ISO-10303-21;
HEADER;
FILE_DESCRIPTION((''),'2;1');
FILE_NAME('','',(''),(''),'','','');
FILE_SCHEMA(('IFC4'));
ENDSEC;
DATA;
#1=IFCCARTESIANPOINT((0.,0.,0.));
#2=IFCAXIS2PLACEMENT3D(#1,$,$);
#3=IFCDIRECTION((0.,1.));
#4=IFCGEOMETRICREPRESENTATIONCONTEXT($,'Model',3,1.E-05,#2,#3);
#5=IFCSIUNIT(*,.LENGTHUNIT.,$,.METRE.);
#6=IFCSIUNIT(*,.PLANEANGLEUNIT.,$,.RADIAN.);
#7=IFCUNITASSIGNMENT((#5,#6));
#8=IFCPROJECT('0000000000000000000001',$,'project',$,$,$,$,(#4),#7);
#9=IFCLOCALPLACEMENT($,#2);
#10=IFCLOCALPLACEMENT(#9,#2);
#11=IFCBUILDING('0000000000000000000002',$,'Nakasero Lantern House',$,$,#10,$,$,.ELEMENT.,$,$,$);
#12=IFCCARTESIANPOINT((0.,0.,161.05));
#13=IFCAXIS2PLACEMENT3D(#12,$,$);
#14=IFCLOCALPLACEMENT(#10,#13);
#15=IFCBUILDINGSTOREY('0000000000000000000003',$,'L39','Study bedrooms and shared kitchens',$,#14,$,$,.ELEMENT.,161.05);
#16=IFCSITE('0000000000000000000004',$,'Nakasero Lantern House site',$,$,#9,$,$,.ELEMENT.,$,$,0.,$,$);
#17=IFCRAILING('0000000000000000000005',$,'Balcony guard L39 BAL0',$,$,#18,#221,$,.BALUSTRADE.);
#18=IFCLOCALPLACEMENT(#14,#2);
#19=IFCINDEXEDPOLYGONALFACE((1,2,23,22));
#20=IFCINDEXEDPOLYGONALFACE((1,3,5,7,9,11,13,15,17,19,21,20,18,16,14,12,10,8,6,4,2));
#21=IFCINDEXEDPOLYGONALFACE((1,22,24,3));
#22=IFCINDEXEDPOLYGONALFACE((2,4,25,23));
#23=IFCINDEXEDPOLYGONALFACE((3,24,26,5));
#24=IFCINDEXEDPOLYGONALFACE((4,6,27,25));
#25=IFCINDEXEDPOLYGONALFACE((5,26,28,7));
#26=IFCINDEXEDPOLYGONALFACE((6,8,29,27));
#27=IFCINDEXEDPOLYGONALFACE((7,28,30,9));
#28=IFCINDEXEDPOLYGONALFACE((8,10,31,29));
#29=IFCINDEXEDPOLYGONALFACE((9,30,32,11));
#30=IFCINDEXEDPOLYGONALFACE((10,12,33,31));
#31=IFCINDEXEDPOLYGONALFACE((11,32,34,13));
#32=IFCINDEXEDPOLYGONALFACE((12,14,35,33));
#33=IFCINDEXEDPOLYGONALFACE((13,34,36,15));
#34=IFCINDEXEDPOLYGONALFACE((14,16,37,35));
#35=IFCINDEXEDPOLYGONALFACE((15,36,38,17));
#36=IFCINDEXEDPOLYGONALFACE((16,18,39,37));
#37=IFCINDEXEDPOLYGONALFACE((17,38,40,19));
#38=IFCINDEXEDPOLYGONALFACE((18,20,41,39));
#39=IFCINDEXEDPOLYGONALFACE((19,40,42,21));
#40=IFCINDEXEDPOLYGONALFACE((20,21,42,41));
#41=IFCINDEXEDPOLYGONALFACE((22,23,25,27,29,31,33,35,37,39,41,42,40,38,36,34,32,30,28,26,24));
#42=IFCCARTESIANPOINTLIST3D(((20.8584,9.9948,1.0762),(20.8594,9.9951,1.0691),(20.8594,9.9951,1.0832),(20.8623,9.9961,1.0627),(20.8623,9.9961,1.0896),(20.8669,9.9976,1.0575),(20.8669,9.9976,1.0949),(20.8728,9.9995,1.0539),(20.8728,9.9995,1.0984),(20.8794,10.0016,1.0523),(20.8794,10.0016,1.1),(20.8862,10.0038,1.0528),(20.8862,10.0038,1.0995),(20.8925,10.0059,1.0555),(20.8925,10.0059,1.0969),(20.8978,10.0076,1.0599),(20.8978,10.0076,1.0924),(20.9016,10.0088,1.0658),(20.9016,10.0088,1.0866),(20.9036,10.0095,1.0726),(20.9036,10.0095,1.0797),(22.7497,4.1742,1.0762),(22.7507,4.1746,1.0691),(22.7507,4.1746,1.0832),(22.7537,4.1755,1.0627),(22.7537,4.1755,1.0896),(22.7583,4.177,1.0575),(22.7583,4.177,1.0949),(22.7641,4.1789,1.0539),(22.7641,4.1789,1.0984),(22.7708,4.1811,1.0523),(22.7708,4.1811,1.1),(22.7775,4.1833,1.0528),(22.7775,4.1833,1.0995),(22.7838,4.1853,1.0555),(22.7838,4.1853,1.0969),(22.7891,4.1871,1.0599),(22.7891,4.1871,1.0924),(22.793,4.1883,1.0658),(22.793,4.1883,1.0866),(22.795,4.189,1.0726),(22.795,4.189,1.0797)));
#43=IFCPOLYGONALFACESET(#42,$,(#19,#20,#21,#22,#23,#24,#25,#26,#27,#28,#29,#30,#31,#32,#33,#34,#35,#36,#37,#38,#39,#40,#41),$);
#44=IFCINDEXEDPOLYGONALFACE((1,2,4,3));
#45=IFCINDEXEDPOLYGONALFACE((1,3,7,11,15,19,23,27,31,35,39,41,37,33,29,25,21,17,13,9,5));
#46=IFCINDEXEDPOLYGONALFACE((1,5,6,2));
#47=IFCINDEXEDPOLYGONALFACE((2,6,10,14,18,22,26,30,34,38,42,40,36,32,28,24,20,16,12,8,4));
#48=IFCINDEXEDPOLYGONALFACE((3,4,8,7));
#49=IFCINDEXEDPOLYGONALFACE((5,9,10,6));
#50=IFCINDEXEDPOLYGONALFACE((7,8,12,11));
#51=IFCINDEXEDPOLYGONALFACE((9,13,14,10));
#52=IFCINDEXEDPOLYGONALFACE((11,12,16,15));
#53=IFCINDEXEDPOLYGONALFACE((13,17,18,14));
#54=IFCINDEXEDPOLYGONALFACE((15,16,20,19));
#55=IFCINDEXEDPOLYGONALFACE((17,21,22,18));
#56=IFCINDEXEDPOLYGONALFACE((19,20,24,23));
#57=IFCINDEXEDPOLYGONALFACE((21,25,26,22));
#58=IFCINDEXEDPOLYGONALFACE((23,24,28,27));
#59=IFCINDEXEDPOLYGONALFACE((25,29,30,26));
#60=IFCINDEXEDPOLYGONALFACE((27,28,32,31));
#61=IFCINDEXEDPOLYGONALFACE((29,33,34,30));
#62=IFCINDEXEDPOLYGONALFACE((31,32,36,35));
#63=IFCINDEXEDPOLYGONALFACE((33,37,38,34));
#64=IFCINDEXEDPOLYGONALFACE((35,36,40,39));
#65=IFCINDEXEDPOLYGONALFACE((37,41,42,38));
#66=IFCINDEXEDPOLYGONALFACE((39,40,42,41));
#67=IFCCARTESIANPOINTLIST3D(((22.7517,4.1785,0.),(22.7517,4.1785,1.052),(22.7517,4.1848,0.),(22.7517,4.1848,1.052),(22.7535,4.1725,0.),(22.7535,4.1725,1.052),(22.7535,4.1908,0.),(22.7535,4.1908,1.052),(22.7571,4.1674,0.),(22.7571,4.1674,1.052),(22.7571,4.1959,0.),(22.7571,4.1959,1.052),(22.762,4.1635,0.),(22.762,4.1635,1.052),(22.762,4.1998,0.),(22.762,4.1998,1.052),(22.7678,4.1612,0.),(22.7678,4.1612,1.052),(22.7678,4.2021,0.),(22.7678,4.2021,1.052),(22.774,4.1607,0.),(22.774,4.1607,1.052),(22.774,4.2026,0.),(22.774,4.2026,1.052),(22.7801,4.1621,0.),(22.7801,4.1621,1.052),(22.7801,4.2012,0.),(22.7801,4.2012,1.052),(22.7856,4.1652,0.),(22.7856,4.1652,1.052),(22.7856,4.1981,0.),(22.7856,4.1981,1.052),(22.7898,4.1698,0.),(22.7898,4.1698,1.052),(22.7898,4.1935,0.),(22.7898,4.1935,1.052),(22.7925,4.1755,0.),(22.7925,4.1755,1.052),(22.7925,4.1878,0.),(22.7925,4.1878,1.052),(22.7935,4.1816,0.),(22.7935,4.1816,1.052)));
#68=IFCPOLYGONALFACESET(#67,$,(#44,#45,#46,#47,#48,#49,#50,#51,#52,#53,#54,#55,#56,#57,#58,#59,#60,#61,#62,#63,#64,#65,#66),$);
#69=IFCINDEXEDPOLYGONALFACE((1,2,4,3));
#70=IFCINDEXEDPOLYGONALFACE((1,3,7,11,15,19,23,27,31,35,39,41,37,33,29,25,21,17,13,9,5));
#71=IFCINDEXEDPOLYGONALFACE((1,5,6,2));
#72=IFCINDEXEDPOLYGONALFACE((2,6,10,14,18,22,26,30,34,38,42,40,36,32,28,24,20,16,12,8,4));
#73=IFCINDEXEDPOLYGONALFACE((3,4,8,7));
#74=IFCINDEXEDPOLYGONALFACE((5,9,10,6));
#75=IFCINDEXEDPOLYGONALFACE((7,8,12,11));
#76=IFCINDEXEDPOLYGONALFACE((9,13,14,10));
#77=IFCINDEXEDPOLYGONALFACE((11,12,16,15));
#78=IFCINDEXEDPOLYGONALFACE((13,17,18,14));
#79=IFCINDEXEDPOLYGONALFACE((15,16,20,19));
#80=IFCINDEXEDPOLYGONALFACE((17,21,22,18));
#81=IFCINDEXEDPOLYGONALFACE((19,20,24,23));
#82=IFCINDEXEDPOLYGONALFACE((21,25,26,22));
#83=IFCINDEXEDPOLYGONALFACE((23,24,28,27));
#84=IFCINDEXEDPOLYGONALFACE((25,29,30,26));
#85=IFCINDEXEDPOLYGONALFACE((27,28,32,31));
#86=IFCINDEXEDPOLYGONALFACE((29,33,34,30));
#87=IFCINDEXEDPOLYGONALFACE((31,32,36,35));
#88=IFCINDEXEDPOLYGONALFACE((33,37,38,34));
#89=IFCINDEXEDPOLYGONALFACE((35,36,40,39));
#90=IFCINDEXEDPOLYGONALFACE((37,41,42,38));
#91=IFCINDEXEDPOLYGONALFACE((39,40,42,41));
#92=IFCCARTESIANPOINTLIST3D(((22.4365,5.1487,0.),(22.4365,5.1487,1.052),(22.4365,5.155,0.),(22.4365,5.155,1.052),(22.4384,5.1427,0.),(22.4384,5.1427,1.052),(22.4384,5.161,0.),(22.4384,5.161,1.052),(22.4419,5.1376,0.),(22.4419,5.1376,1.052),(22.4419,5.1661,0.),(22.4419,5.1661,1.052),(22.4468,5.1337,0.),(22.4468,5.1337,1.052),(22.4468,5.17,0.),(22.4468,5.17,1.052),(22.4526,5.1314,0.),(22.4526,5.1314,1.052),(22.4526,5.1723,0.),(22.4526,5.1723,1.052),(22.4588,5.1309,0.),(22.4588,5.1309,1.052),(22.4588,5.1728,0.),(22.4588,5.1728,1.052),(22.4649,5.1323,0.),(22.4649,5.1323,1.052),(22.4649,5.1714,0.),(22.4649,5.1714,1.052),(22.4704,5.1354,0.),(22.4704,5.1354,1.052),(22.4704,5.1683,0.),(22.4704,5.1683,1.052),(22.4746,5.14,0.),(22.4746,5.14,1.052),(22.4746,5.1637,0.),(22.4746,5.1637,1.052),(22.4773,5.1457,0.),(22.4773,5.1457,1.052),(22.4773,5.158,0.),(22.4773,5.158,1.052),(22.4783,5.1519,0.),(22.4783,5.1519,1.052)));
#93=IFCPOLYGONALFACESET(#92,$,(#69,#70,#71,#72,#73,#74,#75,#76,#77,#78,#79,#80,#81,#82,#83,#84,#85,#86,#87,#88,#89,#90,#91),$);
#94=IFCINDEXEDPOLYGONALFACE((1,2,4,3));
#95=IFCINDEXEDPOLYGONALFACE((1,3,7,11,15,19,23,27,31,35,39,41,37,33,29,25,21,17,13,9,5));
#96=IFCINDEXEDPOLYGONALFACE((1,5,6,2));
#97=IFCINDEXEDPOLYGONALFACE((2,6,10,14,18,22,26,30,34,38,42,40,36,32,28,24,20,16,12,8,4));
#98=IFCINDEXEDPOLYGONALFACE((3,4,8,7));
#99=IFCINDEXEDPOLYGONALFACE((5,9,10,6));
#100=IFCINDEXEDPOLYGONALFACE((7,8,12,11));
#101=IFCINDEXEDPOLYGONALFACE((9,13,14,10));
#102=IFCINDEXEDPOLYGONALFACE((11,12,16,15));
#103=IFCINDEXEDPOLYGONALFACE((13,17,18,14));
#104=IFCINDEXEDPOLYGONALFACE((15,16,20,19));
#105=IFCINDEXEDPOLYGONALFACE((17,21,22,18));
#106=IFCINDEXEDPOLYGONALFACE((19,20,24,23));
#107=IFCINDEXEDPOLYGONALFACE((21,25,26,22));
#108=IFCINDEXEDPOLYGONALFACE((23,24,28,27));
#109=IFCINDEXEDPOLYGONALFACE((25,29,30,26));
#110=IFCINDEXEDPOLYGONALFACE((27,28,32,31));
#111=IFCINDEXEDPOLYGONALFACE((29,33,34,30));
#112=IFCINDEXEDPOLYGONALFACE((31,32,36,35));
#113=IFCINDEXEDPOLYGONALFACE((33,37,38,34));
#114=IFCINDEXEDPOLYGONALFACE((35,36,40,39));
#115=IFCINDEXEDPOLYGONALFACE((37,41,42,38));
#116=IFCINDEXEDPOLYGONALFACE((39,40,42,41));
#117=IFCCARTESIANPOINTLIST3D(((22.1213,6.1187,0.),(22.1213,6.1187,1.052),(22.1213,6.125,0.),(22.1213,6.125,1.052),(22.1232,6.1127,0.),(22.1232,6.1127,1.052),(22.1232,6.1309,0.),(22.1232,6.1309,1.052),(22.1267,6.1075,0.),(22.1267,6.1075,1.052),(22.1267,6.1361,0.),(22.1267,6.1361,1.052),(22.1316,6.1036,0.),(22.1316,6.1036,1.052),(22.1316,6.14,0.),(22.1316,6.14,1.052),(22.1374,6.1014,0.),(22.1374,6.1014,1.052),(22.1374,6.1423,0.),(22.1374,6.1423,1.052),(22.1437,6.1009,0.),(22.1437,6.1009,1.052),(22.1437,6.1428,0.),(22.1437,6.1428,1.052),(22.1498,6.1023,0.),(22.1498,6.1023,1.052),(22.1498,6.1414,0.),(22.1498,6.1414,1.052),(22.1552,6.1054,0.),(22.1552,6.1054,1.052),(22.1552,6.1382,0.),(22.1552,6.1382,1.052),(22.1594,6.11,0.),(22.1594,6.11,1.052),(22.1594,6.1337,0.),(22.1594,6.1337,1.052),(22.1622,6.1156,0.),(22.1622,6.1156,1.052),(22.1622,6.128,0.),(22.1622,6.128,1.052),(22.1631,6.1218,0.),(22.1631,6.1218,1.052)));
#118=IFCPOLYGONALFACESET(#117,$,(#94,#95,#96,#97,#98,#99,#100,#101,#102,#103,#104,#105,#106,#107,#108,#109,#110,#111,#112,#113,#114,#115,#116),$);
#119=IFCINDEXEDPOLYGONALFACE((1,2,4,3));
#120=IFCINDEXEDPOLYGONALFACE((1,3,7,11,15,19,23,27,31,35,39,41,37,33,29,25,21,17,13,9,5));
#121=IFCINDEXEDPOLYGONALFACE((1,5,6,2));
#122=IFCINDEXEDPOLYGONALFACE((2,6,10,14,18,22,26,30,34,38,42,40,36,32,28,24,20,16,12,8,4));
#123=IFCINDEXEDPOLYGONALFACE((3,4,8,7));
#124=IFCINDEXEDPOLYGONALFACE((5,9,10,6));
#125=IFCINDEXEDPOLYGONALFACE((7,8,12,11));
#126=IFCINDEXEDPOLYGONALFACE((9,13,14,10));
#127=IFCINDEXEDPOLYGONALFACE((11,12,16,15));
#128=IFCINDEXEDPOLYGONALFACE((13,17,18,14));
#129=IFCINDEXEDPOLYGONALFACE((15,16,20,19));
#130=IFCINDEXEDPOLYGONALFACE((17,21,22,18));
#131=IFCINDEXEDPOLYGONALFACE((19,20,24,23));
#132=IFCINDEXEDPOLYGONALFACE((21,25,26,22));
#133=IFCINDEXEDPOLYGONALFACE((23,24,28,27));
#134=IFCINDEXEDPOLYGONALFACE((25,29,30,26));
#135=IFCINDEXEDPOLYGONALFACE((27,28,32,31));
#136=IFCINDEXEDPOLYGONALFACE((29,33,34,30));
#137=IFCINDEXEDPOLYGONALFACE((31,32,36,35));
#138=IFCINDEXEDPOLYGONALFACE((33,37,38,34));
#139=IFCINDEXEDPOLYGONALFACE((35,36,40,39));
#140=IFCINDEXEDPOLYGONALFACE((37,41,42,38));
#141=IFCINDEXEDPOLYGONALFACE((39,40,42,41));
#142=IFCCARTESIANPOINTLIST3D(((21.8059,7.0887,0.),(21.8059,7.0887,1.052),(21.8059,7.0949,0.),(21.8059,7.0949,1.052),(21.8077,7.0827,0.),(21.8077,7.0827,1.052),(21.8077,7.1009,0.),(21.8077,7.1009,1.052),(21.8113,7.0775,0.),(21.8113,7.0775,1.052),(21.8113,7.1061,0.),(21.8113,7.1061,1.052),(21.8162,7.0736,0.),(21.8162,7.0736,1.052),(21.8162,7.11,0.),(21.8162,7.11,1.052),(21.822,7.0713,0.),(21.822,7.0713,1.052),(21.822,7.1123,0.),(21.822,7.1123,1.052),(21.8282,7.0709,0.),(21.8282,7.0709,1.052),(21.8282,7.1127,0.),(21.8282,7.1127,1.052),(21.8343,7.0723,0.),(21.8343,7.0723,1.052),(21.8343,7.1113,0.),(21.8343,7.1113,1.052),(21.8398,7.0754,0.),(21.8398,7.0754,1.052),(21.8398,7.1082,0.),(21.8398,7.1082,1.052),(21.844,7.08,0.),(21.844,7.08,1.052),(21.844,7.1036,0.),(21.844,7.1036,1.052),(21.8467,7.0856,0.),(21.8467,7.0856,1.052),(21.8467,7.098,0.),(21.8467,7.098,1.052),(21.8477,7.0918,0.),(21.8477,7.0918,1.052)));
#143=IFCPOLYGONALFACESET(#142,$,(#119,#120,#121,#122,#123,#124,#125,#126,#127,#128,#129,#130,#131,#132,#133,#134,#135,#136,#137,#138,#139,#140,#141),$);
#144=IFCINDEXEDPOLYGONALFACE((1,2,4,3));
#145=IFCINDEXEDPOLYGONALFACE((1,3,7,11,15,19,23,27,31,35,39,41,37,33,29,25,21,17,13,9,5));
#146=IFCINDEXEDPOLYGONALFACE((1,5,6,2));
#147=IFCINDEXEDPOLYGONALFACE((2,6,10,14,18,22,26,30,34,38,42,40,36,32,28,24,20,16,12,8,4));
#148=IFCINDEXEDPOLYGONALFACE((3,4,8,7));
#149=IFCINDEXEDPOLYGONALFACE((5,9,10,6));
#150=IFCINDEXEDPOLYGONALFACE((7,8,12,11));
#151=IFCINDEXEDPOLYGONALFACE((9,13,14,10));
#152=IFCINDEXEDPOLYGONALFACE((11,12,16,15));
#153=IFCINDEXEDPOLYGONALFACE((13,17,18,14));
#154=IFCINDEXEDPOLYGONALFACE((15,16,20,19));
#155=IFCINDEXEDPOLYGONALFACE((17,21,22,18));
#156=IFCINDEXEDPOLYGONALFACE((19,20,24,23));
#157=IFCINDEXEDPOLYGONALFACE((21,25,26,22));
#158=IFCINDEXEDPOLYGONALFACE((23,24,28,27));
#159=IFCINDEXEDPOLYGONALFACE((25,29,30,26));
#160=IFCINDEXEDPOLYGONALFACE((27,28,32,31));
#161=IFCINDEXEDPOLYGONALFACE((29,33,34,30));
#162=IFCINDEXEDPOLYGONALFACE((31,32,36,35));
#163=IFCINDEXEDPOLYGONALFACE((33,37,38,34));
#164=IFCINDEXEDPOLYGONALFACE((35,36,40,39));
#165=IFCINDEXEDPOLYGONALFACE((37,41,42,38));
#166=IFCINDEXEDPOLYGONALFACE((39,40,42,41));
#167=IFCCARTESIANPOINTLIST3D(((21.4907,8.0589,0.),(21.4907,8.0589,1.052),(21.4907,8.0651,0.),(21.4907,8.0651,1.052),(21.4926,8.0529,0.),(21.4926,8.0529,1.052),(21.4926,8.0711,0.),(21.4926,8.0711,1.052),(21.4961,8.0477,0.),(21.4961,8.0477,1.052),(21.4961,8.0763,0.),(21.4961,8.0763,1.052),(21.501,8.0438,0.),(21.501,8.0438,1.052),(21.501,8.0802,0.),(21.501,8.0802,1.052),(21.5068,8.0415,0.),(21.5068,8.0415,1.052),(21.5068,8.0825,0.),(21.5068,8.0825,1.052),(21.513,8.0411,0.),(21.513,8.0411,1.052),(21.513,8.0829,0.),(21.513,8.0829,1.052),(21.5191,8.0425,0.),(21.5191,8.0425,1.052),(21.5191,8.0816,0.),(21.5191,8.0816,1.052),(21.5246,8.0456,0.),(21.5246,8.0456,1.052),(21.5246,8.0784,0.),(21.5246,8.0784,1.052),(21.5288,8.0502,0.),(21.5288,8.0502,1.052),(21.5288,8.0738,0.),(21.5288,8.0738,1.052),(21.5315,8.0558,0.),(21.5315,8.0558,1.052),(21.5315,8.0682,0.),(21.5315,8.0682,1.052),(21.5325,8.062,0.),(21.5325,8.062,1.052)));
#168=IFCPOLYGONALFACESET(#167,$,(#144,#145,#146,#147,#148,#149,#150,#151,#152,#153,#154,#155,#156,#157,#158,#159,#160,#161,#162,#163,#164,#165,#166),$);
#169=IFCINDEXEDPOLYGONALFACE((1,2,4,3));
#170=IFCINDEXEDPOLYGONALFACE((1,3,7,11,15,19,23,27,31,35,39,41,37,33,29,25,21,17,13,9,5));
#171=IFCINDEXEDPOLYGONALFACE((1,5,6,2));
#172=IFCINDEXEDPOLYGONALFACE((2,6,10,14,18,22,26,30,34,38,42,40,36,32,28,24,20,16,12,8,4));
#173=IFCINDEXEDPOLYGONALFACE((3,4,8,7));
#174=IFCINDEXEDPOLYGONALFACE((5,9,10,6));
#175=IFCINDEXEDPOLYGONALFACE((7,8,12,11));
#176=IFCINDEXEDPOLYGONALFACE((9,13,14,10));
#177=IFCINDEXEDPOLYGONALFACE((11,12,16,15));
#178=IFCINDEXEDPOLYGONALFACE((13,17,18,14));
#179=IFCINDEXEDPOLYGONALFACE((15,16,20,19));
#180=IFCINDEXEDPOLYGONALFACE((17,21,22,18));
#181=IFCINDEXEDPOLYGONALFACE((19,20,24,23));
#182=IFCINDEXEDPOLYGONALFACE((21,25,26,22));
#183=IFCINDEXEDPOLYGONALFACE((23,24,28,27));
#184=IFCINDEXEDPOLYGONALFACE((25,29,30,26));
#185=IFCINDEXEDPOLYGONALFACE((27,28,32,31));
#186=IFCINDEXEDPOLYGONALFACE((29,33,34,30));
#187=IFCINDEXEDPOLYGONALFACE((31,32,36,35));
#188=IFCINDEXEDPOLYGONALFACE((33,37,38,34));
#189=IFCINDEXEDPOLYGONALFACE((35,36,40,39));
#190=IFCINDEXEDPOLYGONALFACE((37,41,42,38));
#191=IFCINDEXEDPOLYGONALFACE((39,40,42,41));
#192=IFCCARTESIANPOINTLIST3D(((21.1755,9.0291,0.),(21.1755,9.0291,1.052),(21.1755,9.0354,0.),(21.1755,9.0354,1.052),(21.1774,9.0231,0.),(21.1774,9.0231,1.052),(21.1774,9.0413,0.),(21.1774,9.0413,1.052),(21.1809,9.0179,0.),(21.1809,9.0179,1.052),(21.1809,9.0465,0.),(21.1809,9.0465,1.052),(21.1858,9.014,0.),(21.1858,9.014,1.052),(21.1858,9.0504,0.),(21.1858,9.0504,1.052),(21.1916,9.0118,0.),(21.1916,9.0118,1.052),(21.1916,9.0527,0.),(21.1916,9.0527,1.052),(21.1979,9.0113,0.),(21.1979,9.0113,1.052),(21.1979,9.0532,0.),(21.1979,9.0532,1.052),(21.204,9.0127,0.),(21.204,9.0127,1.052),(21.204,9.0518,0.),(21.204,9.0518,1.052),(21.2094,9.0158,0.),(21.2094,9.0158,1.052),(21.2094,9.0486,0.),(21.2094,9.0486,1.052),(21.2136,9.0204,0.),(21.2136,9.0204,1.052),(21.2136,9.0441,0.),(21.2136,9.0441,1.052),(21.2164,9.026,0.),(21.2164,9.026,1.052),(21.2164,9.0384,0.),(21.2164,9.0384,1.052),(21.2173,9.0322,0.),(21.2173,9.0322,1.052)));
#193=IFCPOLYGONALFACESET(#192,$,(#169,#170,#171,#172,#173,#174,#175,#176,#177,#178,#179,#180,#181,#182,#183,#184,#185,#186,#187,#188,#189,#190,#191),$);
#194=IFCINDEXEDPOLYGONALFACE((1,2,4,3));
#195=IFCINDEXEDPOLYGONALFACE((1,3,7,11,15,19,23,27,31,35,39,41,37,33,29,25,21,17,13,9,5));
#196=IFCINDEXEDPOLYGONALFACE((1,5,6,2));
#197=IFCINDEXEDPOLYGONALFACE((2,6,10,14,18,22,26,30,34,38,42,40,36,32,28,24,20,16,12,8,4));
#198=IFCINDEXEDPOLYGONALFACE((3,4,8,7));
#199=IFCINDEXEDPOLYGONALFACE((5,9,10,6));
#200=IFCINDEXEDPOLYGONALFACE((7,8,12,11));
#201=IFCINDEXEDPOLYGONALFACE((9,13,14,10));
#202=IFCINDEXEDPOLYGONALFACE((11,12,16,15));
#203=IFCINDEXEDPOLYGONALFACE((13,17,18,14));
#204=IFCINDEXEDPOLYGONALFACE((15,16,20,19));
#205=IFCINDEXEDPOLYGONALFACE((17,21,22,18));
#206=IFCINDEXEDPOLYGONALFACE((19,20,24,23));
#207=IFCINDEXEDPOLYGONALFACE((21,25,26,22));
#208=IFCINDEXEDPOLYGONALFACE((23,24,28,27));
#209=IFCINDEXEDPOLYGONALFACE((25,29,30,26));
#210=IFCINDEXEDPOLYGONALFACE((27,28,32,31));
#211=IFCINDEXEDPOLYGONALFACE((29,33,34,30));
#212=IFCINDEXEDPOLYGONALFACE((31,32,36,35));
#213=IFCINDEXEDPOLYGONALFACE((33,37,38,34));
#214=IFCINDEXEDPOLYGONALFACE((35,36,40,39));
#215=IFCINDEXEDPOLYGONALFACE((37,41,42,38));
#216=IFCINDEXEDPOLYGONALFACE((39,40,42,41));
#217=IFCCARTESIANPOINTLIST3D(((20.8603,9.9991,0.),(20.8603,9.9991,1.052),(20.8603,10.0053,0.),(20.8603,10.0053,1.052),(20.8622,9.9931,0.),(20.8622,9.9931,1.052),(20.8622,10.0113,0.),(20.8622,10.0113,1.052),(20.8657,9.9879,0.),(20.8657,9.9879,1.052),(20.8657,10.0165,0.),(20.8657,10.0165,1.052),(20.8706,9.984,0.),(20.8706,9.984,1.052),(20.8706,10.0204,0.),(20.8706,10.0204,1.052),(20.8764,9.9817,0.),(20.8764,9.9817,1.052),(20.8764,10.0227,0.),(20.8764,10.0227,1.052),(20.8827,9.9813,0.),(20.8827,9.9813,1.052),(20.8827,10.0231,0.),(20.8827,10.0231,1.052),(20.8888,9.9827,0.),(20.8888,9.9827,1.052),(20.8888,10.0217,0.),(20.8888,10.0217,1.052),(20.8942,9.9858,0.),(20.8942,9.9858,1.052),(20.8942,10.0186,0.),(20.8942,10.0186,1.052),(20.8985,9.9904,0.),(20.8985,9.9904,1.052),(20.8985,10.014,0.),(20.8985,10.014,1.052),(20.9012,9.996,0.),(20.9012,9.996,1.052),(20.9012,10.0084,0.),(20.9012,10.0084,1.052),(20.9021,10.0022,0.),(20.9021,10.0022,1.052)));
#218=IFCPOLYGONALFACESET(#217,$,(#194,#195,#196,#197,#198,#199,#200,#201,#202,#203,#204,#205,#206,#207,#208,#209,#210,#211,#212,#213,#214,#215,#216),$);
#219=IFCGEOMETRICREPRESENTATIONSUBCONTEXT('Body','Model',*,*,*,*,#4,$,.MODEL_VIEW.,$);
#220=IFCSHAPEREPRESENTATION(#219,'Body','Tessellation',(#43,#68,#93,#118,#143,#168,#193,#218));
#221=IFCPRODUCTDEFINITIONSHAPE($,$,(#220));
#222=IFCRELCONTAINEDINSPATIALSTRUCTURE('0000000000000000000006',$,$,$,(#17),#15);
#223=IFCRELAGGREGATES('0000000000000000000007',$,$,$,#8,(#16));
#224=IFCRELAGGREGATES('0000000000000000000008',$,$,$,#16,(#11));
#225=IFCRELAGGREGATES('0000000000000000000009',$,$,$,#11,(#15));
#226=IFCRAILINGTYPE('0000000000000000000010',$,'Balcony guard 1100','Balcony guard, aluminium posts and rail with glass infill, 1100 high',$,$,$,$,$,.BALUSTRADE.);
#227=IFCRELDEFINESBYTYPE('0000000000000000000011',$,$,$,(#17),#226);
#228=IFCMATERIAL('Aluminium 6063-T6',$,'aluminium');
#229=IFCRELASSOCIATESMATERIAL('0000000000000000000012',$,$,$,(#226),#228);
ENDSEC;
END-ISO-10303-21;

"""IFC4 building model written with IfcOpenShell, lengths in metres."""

from ifc_helpers import new_model, si_unit, direction, frame, origin, origin_2d, place, context, subcontext, project, spatial, circle, extrude, material, type_object, element, save


model = new_model("IFC4")

# Units and contexts
model_context = context("Model", 3, precision=1e-05, world=origin(), true_north=direction((0.0, 1.0)))
body_context = subcontext(model_context, "Body", "Model", "MODEL_VIEW")
ifc_project = project(units=[si_unit("LENGTHUNIT", "METRE"), si_unit("PLANEANGLEUNIT", "RADIAN")], contexts=[model_context])

# Site, building, storey
site_placement = place(None, origin())
site = spatial("IfcSite", under=ifc_project, at=site_placement, Name="Nakasero Lantern House site", CompositionType="ELEMENT", RefElevation=0.0)
building_placement = place(site_placement, origin())
building = spatial("IfcBuilding", under=site, at=building_placement, Name="Nakasero Lantern House", CompositionType="ELEMENT")
storey_placement = place(building_placement, frame((0.0, 0.0, 161.05)))
storey = spatial("IfcBuildingStorey", under=building, at=storey_placement, Name="L39", Description="Study bedrooms and shared kitchens", CompositionType="ELEMENT", Elevation=161.05)

# Railing
ifc_material_1 = material(Name="Aluminium 6063-T6", Category="aluminium")
railing_type = type_object("IfcRailingType", Name="Balcony guard 1100", Description="Balcony guard, aluminium posts and rail with glass infill, 1100 high", PredefinedType="BALUSTRADE", material=ifc_material_1)
railing_placement = place(storey_placement, frame((22.7725, 4.1816, 0.0)))
element("IfcRailing", 1, at=railing_placement, inside=storey, type_object=railing_type, Name="Balcony guard L39 BAL0", PredefinedType="BALUSTRADE", context=body_context, shape_type="SweptSolid", body=[
    extrude(circle(Radius=0.0239, at=origin_2d()), frame((0.0, 0.0, 1.0762), z_axis=(-0.309038, 0.95105, 0.0), x_axis=(-0.95105, -0.309038, 0.0)), (0.0, 0.0, 1.0), 6.1201),
    extrude(circle(Radius=0.021, at=origin_2d()), origin(), (0.0, 0.0, 1.0), 1.052),
    extrude(circle(Radius=0.021, at=origin_2d()), frame((-0.3152, 0.9702, 0.0)), (0.0, 0.0, 1.0), 1.052),
    extrude(circle(Radius=0.021, at=origin_2d()), frame((-0.6304, 1.9402, 0.0)), (0.0, 0.0, 1.0), 1.052),
    extrude(circle(Radius=0.021, at=origin_2d()), frame((-0.9458, 2.9102, 0.0)), (0.0, 0.0, 1.0), 1.052),
    extrude(circle(Radius=0.021, at=origin_2d()), frame((-1.261, 3.8804, 0.0)), (0.0, 0.0, 1.0), 1.052),
    extrude(circle(Radius=0.021, at=origin_2d()), frame((-1.5762, 4.8506, 0.0)), (0.0, 0.0, 1.0), 1.052),
    extrude(circle(Radius=0.021, at=origin_2d()), frame((-1.8914, 5.8206, 0.0)), (0.0, 0.0, 1.0), 1.052),
])

save(model, "model.ifc")
